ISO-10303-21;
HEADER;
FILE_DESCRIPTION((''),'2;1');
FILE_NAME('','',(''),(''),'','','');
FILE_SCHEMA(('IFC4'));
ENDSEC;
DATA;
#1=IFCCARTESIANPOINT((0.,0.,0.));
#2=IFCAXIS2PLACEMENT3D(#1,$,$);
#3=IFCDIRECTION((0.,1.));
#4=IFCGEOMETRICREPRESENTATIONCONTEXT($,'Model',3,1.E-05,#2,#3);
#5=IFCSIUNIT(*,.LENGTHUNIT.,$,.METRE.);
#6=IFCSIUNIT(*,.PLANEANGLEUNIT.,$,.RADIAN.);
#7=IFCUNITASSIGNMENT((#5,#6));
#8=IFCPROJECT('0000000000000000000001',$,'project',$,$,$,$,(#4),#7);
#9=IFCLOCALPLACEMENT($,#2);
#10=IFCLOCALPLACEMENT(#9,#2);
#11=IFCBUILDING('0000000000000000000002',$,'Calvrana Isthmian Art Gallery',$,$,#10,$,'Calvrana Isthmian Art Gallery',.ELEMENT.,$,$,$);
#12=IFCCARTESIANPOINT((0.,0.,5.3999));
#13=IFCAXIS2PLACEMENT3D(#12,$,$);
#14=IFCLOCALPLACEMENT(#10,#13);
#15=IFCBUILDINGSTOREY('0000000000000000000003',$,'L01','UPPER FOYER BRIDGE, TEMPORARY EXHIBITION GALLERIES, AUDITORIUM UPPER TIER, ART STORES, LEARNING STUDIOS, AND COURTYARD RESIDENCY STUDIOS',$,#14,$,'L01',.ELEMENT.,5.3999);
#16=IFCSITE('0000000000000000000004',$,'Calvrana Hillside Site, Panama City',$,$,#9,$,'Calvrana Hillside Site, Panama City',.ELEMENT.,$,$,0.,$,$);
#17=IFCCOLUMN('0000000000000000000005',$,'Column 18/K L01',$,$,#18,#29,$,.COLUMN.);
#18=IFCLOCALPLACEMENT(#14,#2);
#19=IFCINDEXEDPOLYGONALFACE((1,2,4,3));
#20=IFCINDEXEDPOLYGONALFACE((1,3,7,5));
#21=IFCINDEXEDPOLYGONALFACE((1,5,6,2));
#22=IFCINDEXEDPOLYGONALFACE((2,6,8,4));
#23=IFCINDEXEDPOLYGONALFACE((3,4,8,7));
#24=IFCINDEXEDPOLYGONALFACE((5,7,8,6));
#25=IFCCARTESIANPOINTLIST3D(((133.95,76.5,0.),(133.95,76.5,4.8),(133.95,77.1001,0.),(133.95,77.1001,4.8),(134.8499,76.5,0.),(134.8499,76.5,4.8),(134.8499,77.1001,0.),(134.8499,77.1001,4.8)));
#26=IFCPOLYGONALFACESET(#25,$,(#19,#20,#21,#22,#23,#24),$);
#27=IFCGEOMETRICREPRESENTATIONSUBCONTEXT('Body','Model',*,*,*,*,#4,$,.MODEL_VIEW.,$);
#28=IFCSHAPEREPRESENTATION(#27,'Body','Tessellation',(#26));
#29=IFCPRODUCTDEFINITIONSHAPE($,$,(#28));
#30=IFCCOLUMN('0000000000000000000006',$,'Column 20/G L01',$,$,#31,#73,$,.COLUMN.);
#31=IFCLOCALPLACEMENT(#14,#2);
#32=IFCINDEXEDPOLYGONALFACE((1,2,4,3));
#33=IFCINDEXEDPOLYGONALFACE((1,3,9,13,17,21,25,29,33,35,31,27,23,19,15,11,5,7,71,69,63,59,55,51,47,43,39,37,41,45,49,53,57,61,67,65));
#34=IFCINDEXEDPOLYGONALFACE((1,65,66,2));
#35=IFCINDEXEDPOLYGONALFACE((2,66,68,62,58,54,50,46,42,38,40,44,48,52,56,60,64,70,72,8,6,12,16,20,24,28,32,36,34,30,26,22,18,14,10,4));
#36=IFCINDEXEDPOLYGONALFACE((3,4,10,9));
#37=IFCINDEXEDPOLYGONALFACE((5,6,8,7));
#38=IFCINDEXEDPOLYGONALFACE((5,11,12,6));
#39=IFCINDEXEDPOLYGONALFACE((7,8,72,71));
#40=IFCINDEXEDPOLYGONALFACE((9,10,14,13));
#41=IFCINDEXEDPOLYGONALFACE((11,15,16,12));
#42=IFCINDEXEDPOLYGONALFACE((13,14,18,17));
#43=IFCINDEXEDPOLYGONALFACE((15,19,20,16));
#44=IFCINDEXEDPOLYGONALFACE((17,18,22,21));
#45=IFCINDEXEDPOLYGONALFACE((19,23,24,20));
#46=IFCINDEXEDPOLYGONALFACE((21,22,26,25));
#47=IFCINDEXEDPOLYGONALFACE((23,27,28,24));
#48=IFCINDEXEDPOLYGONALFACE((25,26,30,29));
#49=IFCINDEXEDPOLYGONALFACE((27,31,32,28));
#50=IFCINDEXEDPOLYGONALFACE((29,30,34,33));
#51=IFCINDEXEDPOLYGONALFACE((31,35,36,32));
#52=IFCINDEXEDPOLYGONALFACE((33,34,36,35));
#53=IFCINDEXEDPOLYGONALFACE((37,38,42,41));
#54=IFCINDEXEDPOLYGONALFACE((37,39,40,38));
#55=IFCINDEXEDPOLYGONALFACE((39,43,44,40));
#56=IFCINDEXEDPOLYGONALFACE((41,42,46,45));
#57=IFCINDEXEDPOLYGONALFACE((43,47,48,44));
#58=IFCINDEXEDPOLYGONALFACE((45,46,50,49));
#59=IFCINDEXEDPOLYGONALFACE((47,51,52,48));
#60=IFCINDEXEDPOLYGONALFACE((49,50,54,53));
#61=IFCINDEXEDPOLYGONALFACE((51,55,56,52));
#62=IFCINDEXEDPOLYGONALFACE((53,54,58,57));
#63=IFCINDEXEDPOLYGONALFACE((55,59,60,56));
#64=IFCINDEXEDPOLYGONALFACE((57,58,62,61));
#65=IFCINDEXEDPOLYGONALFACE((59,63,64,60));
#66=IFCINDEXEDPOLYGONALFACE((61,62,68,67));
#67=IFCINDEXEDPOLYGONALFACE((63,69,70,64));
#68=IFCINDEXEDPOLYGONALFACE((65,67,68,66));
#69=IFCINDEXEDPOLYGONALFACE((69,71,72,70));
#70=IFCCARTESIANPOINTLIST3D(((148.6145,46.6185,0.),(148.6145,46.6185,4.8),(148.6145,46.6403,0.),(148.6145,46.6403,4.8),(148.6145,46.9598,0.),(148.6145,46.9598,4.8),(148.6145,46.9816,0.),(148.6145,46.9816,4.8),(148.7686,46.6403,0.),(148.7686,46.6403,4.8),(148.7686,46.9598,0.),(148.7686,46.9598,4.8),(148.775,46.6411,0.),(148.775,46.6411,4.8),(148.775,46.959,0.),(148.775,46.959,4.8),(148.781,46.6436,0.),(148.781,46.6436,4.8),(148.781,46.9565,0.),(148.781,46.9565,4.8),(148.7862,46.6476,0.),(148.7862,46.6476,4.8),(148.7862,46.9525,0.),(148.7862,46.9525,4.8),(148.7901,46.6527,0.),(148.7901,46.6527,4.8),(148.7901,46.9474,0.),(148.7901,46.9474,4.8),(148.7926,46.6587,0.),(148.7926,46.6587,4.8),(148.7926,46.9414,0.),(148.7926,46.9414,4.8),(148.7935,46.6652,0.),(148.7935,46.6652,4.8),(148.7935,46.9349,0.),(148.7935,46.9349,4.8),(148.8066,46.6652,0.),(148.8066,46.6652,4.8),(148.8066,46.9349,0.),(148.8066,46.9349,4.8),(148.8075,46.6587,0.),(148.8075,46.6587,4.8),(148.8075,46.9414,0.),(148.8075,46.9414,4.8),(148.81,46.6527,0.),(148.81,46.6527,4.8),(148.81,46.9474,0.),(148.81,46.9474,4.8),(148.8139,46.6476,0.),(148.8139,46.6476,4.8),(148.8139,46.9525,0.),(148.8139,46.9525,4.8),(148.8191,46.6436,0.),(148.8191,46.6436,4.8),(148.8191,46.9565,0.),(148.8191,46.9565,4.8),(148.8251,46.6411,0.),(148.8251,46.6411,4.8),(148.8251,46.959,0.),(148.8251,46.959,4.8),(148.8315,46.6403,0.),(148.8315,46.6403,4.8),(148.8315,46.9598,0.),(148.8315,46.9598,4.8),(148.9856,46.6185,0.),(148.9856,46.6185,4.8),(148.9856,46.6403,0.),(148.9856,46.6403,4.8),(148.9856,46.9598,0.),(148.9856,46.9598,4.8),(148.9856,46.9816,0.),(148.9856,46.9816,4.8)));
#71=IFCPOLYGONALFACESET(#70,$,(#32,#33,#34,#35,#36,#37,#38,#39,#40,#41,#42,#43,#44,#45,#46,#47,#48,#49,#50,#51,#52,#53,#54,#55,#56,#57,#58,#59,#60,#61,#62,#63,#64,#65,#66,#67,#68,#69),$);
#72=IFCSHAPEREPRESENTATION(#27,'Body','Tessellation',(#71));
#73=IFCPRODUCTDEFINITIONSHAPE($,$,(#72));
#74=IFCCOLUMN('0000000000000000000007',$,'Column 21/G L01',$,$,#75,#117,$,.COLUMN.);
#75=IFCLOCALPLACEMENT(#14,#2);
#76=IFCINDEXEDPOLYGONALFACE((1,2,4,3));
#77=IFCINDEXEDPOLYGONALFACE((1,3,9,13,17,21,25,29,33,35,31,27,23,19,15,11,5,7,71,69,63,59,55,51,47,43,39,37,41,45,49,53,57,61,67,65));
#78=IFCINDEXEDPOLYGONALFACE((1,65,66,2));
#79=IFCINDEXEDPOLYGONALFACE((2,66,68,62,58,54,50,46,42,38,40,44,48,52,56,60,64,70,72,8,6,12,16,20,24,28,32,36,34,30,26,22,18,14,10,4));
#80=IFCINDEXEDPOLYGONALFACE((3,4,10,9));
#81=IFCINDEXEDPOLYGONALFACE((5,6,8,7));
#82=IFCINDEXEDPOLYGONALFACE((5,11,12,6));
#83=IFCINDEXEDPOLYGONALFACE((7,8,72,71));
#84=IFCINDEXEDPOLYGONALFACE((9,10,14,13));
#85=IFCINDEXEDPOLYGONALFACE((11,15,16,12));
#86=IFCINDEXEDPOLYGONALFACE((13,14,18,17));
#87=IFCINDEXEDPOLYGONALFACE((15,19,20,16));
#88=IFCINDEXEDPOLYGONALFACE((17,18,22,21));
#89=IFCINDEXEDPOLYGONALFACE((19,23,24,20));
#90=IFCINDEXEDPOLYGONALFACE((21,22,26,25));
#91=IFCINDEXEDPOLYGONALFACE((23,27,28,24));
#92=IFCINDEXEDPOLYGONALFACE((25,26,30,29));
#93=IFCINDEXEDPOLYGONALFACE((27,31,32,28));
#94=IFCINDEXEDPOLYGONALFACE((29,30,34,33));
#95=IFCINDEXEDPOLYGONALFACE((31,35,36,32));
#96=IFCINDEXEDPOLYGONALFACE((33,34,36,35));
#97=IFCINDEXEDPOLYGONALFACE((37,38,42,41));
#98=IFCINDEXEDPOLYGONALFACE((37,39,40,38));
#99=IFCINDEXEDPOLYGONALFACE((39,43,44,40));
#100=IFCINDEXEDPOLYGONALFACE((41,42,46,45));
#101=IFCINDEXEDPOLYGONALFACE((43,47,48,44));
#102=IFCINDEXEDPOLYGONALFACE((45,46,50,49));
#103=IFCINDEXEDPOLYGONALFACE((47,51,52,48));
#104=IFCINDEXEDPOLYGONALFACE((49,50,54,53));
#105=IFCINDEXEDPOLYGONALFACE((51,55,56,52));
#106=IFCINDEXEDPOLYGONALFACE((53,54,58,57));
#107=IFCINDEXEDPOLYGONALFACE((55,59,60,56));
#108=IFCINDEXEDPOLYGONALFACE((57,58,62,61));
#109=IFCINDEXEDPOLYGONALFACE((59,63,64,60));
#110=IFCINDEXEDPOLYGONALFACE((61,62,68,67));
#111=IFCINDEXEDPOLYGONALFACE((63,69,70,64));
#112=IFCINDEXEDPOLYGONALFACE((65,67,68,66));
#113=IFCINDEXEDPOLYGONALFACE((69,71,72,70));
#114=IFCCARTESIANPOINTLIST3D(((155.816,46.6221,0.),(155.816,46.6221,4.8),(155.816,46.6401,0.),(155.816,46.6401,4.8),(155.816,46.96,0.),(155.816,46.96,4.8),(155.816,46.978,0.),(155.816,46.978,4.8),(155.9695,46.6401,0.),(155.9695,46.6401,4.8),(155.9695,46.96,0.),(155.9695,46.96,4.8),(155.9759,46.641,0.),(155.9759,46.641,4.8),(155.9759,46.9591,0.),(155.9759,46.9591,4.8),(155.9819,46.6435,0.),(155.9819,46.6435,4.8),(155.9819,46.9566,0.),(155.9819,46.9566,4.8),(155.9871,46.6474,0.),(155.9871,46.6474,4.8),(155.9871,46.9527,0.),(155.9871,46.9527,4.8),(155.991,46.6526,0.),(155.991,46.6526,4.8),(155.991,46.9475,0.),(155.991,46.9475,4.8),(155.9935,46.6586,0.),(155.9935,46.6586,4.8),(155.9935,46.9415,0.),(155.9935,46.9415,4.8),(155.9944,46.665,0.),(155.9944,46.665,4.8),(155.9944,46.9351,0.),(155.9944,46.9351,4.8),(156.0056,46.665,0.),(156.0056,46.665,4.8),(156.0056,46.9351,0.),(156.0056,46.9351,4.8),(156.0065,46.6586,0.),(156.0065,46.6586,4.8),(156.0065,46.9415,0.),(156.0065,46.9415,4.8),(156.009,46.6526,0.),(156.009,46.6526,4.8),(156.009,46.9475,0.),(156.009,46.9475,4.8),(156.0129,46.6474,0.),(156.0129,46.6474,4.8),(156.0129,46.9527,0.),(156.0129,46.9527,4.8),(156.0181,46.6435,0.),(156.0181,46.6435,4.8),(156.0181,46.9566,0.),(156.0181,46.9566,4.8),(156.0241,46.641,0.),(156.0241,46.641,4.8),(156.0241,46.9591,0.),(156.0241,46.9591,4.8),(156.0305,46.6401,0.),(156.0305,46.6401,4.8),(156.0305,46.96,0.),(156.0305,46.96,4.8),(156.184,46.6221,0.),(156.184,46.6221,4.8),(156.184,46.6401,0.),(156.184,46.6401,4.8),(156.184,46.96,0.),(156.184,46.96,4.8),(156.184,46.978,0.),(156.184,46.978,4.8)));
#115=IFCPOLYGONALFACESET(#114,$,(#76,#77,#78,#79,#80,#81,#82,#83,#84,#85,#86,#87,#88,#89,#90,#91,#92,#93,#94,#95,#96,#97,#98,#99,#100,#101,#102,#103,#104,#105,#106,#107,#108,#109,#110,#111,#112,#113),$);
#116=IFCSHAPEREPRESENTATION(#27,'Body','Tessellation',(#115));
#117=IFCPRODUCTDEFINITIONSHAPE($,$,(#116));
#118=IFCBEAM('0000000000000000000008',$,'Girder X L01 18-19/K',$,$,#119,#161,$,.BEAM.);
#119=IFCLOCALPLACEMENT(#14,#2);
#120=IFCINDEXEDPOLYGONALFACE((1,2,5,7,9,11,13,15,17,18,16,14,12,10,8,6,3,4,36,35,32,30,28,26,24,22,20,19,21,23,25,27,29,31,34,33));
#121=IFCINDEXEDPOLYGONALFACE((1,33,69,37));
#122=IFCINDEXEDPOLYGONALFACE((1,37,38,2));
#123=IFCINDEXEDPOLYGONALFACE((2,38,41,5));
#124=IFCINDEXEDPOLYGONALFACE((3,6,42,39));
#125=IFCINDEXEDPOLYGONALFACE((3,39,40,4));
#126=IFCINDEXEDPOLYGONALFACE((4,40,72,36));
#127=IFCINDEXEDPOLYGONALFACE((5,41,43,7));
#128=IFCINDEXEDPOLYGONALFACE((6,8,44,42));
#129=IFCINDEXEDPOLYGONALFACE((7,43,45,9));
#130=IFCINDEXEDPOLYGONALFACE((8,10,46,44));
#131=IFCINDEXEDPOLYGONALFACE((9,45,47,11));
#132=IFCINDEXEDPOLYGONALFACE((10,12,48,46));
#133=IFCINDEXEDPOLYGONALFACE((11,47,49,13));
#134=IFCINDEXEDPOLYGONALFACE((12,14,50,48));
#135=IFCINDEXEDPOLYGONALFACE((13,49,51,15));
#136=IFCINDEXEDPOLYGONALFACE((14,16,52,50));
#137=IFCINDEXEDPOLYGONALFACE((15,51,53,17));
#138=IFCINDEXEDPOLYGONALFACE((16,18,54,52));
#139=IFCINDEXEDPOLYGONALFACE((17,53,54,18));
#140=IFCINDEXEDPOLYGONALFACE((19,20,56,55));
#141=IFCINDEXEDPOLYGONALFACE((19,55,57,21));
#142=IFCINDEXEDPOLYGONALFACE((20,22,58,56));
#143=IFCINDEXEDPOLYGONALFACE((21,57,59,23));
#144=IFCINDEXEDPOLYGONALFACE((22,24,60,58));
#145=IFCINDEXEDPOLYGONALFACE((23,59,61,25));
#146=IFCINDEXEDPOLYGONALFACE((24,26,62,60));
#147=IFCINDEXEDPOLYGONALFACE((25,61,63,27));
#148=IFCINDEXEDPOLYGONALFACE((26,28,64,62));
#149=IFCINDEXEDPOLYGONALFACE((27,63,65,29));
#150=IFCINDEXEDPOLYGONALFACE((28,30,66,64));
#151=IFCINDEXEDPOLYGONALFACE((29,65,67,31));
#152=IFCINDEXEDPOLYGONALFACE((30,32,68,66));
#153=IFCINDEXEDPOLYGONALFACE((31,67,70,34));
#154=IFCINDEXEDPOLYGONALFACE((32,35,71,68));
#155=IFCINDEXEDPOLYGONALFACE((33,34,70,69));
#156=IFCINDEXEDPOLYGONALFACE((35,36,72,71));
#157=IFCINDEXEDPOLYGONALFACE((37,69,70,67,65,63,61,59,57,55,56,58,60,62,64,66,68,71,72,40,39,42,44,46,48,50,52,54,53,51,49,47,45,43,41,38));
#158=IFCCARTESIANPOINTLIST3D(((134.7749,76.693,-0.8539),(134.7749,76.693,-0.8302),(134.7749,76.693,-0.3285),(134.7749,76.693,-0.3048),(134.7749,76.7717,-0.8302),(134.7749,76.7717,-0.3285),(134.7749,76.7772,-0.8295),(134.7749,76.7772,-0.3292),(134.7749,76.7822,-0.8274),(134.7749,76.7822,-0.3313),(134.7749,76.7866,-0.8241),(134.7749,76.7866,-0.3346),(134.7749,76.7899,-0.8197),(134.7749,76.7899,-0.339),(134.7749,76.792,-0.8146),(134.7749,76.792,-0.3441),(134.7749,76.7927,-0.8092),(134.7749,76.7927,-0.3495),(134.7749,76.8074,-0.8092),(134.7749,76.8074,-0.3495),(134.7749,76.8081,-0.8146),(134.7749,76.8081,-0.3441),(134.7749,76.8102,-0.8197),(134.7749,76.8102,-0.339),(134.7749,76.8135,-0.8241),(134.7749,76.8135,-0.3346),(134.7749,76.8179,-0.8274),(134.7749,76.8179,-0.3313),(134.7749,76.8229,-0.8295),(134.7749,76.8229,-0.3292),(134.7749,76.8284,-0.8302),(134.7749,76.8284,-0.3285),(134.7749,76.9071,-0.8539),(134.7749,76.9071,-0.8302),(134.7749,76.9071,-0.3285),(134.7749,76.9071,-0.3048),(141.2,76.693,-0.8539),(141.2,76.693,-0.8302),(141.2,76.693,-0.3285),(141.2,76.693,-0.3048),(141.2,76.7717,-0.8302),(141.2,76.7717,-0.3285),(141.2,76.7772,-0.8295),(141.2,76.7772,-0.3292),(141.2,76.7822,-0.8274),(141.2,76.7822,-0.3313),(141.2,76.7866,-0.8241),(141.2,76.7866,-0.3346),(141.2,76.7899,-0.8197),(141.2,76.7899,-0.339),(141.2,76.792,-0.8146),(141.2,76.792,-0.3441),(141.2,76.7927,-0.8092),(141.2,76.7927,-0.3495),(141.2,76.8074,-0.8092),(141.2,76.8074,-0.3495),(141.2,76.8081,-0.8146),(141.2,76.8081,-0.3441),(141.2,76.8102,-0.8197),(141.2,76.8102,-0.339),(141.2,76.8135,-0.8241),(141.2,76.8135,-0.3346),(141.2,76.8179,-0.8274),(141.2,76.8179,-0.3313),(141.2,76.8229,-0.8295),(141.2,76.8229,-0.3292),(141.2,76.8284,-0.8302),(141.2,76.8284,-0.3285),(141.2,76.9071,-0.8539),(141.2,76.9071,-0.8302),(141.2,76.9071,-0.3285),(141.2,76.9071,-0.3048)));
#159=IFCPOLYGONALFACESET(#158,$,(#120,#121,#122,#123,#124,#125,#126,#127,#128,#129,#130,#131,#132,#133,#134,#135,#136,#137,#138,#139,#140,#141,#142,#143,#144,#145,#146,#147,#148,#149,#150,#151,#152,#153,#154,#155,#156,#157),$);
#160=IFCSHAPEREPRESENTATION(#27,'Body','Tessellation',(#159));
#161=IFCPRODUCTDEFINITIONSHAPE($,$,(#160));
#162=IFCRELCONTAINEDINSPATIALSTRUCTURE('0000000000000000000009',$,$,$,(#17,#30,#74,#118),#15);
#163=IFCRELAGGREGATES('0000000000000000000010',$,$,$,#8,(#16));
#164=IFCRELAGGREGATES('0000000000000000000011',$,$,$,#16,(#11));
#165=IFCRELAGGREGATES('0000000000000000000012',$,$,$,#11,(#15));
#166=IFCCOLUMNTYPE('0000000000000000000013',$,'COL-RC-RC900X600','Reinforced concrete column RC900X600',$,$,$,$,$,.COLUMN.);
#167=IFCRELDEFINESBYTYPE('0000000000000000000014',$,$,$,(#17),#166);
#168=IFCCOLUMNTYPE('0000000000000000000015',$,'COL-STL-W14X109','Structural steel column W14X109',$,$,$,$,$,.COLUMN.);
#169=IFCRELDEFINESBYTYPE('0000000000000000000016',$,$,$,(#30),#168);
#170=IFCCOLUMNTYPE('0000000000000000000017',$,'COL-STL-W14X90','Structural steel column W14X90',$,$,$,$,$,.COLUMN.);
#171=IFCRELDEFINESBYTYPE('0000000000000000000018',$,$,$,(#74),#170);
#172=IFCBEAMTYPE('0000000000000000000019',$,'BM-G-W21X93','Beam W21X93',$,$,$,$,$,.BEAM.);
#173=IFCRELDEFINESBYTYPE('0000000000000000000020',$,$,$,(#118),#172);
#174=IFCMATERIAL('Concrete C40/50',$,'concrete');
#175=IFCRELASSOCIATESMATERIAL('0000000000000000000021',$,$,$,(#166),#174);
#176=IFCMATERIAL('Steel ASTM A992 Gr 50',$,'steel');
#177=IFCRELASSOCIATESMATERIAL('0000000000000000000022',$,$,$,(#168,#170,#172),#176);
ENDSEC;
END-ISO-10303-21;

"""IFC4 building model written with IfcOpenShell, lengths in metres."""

from ifc_helpers import new_model, si_unit, direction, frame, origin, origin_2d, place, context, subcontext, project, spatial, rectangle, i_section, extrude, material, material_profile, profile_set, type_object, element, save


model = new_model("IFC4")

# Units and contexts
model_context = context("Model", 3, precision=1e-05, world=origin(), true_north=direction((0.0, 1.0)))
body_context = subcontext(model_context, "Body", "Model", "MODEL_VIEW")
ifc_project = project(units=[si_unit("LENGTHUNIT", "METRE"), si_unit("PLANEANGLEUNIT", "RADIAN")], contexts=[model_context])

# Site, building, storey
site_placement = place(None, origin())
site = spatial("IfcSite", under=ifc_project, at=site_placement, Name="Calvrana Hillside Site, Panama City", LongName="Calvrana Hillside Site, Panama City", CompositionType="ELEMENT", RefElevation=0.0)
building_placement = place(site_placement, origin())
building = spatial("IfcBuilding", under=site, at=building_placement, Name="Calvrana Isthmian Art Gallery", LongName="Calvrana Isthmian Art Gallery", CompositionType="ELEMENT")
storey_placement = place(building_placement, frame((0.0, 0.0, 5.3999)))
storey = spatial("IfcBuildingStorey", under=building, at=storey_placement, Name="L01", Description="UPPER FOYER BRIDGE, TEMPORARY EXHIBITION GALLERIES, AUDITORIUM UPPER TIER, ART STORES, LEARNING STUDIOS, AND COURTYARD RESIDENCY STUDIOS", LongName="L01", CompositionType="ELEMENT", Elevation=5.3999)

# Columns
ifc_material_1 = material(Name="Concrete C40/50", Category="concrete")
ifc_material_profile_1 = material_profile(ifc_material_1, rectangle(XDim=0.8999, YDim=0.6001, at=origin_2d()), Name="RC900X600")
ifc_profile_set_1 = profile_set([ifc_material_profile_1], Name="Concrete C40/50")
column_type_1 = type_object("IfcColumnType", Name="COL-RC-RC900X600", Description="Reinforced concrete column RC900X600", PredefinedType="COLUMN", material=ifc_profile_set_1)
column_1_placement = place(storey_placement, frame((134.3999, 76.8, 0.0), z_axis=(0.0, 0.0, 1.0), x_axis=(1.0, 0.0, 0.0)))
element("IfcColumn", 1, at=column_1_placement, inside=storey, type_object=column_type_1, Name="Column 18/K L01", PredefinedType="COLUMN", context=body_context, shape_type="SweptSolid", body=[
    extrude(rectangle(XDim=0.8999, YDim=0.6001, at=origin_2d()), origin(), (0.0, 0.0, 1.0), 4.8),
])
ifc_material_2 = material(Name="Steel ASTM A992 Gr 50", Category="steel")
ifc_material_profile_2 = material_profile(ifc_material_2, i_section(OverallWidth=0.3711, OverallDepth=0.363, WebThickness=0.0132, FlangeThickness=0.0217, FilletRadius=0.0249, at=origin_2d()), Name="W14X109")
ifc_profile_set_2 = profile_set([ifc_material_profile_2], Name="Steel ASTM A992 Gr 50")
column_type_2 = type_object("IfcColumnType", Name="COL-STL-W14X109", Description="Structural steel column W14X109", PredefinedType="COLUMN", material=ifc_profile_set_2)
column_2_placement = place(storey_placement, frame((148.8, 46.8, 0.0), z_axis=(0.0, 0.0, 1.0), x_axis=(1.0, 0.0, 0.0)))
element("IfcColumn", 2, at=column_2_placement, inside=storey, type_object=column_type_2, Name="Column 20/G L01", PredefinedType="COLUMN", context=body_context, shape_type="SweptSolid", body=[
    extrude(i_section(OverallWidth=0.3711, OverallDepth=0.363, WebThickness=0.0132, FlangeThickness=0.0217, FilletRadius=0.0249, at=origin_2d()), origin(), (0.0, 0.0, 1.0), 4.8),
])
ifc_material_profile_3 = material_profile(ifc_material_2, i_section(OverallWidth=0.3679, OverallDepth=0.356, WebThickness=0.0112, FlangeThickness=0.0181, FilletRadius=0.0249, at=origin_2d()), Name="W14X90")
ifc_profile_set_3 = profile_set([ifc_material_profile_3], Name="Steel ASTM A992 Gr 50")
column_type_3 = type_object("IfcColumnType", Name="COL-STL-W14X90", Description="Structural steel column W14X90", PredefinedType="COLUMN", material=ifc_profile_set_3)
column_3_placement = place(storey_placement, frame((156.0, 46.8, 0.0), z_axis=(0.0, 0.0, 1.0), x_axis=(1.0, 0.0, 0.0)))
element("IfcColumn", 3, at=column_3_placement, inside=storey, type_object=column_type_3, Name="Column 21/G L01", PredefinedType="COLUMN", context=body_context, shape_type="SweptSolid", body=[
    extrude(i_section(OverallWidth=0.3679, OverallDepth=0.356, WebThickness=0.0112, FlangeThickness=0.0181, FilletRadius=0.0249, at=origin_2d()), origin(), (0.0, 0.0, 1.0), 4.8),
])

# Beam
ifc_material_profile_4 = material_profile(ifc_material_2, i_section(OverallWidth=0.2141, OverallDepth=0.5491, WebThickness=0.0146, FlangeThickness=0.0237, FilletRadius=0.021, at=origin_2d()), Name="W21X93")
ifc_profile_set_4 = profile_set([ifc_material_profile_4], Name="Steel ASTM A992 Gr 50")
beam_type_1 = type_object("IfcBeamType", Name="BM-G-W21X93", Description="Beam W21X93", PredefinedType="BEAM", material=ifc_profile_set_4)
beam_1_placement = place(storey_placement, frame((134.7749, 76.8, -0.5793), z_axis=(1.0, 0.0, 0.0), x_axis=(0.0, 1.0, 0.0)))
element("IfcBeam", 4, at=beam_1_placement, inside=storey, type_object=beam_type_1, Name="Girder X L01 18-19/K", PredefinedType="BEAM", context=body_context, shape_type="SweptSolid", body=[
    extrude(i_section(OverallWidth=0.2141, OverallDepth=0.5491, WebThickness=0.0146, FlangeThickness=0.0237, FilletRadius=0.021, at=origin_2d()), origin(), (0.0, 0.0, 1.0), 6.425),
])

save(model, "model.ifc")
